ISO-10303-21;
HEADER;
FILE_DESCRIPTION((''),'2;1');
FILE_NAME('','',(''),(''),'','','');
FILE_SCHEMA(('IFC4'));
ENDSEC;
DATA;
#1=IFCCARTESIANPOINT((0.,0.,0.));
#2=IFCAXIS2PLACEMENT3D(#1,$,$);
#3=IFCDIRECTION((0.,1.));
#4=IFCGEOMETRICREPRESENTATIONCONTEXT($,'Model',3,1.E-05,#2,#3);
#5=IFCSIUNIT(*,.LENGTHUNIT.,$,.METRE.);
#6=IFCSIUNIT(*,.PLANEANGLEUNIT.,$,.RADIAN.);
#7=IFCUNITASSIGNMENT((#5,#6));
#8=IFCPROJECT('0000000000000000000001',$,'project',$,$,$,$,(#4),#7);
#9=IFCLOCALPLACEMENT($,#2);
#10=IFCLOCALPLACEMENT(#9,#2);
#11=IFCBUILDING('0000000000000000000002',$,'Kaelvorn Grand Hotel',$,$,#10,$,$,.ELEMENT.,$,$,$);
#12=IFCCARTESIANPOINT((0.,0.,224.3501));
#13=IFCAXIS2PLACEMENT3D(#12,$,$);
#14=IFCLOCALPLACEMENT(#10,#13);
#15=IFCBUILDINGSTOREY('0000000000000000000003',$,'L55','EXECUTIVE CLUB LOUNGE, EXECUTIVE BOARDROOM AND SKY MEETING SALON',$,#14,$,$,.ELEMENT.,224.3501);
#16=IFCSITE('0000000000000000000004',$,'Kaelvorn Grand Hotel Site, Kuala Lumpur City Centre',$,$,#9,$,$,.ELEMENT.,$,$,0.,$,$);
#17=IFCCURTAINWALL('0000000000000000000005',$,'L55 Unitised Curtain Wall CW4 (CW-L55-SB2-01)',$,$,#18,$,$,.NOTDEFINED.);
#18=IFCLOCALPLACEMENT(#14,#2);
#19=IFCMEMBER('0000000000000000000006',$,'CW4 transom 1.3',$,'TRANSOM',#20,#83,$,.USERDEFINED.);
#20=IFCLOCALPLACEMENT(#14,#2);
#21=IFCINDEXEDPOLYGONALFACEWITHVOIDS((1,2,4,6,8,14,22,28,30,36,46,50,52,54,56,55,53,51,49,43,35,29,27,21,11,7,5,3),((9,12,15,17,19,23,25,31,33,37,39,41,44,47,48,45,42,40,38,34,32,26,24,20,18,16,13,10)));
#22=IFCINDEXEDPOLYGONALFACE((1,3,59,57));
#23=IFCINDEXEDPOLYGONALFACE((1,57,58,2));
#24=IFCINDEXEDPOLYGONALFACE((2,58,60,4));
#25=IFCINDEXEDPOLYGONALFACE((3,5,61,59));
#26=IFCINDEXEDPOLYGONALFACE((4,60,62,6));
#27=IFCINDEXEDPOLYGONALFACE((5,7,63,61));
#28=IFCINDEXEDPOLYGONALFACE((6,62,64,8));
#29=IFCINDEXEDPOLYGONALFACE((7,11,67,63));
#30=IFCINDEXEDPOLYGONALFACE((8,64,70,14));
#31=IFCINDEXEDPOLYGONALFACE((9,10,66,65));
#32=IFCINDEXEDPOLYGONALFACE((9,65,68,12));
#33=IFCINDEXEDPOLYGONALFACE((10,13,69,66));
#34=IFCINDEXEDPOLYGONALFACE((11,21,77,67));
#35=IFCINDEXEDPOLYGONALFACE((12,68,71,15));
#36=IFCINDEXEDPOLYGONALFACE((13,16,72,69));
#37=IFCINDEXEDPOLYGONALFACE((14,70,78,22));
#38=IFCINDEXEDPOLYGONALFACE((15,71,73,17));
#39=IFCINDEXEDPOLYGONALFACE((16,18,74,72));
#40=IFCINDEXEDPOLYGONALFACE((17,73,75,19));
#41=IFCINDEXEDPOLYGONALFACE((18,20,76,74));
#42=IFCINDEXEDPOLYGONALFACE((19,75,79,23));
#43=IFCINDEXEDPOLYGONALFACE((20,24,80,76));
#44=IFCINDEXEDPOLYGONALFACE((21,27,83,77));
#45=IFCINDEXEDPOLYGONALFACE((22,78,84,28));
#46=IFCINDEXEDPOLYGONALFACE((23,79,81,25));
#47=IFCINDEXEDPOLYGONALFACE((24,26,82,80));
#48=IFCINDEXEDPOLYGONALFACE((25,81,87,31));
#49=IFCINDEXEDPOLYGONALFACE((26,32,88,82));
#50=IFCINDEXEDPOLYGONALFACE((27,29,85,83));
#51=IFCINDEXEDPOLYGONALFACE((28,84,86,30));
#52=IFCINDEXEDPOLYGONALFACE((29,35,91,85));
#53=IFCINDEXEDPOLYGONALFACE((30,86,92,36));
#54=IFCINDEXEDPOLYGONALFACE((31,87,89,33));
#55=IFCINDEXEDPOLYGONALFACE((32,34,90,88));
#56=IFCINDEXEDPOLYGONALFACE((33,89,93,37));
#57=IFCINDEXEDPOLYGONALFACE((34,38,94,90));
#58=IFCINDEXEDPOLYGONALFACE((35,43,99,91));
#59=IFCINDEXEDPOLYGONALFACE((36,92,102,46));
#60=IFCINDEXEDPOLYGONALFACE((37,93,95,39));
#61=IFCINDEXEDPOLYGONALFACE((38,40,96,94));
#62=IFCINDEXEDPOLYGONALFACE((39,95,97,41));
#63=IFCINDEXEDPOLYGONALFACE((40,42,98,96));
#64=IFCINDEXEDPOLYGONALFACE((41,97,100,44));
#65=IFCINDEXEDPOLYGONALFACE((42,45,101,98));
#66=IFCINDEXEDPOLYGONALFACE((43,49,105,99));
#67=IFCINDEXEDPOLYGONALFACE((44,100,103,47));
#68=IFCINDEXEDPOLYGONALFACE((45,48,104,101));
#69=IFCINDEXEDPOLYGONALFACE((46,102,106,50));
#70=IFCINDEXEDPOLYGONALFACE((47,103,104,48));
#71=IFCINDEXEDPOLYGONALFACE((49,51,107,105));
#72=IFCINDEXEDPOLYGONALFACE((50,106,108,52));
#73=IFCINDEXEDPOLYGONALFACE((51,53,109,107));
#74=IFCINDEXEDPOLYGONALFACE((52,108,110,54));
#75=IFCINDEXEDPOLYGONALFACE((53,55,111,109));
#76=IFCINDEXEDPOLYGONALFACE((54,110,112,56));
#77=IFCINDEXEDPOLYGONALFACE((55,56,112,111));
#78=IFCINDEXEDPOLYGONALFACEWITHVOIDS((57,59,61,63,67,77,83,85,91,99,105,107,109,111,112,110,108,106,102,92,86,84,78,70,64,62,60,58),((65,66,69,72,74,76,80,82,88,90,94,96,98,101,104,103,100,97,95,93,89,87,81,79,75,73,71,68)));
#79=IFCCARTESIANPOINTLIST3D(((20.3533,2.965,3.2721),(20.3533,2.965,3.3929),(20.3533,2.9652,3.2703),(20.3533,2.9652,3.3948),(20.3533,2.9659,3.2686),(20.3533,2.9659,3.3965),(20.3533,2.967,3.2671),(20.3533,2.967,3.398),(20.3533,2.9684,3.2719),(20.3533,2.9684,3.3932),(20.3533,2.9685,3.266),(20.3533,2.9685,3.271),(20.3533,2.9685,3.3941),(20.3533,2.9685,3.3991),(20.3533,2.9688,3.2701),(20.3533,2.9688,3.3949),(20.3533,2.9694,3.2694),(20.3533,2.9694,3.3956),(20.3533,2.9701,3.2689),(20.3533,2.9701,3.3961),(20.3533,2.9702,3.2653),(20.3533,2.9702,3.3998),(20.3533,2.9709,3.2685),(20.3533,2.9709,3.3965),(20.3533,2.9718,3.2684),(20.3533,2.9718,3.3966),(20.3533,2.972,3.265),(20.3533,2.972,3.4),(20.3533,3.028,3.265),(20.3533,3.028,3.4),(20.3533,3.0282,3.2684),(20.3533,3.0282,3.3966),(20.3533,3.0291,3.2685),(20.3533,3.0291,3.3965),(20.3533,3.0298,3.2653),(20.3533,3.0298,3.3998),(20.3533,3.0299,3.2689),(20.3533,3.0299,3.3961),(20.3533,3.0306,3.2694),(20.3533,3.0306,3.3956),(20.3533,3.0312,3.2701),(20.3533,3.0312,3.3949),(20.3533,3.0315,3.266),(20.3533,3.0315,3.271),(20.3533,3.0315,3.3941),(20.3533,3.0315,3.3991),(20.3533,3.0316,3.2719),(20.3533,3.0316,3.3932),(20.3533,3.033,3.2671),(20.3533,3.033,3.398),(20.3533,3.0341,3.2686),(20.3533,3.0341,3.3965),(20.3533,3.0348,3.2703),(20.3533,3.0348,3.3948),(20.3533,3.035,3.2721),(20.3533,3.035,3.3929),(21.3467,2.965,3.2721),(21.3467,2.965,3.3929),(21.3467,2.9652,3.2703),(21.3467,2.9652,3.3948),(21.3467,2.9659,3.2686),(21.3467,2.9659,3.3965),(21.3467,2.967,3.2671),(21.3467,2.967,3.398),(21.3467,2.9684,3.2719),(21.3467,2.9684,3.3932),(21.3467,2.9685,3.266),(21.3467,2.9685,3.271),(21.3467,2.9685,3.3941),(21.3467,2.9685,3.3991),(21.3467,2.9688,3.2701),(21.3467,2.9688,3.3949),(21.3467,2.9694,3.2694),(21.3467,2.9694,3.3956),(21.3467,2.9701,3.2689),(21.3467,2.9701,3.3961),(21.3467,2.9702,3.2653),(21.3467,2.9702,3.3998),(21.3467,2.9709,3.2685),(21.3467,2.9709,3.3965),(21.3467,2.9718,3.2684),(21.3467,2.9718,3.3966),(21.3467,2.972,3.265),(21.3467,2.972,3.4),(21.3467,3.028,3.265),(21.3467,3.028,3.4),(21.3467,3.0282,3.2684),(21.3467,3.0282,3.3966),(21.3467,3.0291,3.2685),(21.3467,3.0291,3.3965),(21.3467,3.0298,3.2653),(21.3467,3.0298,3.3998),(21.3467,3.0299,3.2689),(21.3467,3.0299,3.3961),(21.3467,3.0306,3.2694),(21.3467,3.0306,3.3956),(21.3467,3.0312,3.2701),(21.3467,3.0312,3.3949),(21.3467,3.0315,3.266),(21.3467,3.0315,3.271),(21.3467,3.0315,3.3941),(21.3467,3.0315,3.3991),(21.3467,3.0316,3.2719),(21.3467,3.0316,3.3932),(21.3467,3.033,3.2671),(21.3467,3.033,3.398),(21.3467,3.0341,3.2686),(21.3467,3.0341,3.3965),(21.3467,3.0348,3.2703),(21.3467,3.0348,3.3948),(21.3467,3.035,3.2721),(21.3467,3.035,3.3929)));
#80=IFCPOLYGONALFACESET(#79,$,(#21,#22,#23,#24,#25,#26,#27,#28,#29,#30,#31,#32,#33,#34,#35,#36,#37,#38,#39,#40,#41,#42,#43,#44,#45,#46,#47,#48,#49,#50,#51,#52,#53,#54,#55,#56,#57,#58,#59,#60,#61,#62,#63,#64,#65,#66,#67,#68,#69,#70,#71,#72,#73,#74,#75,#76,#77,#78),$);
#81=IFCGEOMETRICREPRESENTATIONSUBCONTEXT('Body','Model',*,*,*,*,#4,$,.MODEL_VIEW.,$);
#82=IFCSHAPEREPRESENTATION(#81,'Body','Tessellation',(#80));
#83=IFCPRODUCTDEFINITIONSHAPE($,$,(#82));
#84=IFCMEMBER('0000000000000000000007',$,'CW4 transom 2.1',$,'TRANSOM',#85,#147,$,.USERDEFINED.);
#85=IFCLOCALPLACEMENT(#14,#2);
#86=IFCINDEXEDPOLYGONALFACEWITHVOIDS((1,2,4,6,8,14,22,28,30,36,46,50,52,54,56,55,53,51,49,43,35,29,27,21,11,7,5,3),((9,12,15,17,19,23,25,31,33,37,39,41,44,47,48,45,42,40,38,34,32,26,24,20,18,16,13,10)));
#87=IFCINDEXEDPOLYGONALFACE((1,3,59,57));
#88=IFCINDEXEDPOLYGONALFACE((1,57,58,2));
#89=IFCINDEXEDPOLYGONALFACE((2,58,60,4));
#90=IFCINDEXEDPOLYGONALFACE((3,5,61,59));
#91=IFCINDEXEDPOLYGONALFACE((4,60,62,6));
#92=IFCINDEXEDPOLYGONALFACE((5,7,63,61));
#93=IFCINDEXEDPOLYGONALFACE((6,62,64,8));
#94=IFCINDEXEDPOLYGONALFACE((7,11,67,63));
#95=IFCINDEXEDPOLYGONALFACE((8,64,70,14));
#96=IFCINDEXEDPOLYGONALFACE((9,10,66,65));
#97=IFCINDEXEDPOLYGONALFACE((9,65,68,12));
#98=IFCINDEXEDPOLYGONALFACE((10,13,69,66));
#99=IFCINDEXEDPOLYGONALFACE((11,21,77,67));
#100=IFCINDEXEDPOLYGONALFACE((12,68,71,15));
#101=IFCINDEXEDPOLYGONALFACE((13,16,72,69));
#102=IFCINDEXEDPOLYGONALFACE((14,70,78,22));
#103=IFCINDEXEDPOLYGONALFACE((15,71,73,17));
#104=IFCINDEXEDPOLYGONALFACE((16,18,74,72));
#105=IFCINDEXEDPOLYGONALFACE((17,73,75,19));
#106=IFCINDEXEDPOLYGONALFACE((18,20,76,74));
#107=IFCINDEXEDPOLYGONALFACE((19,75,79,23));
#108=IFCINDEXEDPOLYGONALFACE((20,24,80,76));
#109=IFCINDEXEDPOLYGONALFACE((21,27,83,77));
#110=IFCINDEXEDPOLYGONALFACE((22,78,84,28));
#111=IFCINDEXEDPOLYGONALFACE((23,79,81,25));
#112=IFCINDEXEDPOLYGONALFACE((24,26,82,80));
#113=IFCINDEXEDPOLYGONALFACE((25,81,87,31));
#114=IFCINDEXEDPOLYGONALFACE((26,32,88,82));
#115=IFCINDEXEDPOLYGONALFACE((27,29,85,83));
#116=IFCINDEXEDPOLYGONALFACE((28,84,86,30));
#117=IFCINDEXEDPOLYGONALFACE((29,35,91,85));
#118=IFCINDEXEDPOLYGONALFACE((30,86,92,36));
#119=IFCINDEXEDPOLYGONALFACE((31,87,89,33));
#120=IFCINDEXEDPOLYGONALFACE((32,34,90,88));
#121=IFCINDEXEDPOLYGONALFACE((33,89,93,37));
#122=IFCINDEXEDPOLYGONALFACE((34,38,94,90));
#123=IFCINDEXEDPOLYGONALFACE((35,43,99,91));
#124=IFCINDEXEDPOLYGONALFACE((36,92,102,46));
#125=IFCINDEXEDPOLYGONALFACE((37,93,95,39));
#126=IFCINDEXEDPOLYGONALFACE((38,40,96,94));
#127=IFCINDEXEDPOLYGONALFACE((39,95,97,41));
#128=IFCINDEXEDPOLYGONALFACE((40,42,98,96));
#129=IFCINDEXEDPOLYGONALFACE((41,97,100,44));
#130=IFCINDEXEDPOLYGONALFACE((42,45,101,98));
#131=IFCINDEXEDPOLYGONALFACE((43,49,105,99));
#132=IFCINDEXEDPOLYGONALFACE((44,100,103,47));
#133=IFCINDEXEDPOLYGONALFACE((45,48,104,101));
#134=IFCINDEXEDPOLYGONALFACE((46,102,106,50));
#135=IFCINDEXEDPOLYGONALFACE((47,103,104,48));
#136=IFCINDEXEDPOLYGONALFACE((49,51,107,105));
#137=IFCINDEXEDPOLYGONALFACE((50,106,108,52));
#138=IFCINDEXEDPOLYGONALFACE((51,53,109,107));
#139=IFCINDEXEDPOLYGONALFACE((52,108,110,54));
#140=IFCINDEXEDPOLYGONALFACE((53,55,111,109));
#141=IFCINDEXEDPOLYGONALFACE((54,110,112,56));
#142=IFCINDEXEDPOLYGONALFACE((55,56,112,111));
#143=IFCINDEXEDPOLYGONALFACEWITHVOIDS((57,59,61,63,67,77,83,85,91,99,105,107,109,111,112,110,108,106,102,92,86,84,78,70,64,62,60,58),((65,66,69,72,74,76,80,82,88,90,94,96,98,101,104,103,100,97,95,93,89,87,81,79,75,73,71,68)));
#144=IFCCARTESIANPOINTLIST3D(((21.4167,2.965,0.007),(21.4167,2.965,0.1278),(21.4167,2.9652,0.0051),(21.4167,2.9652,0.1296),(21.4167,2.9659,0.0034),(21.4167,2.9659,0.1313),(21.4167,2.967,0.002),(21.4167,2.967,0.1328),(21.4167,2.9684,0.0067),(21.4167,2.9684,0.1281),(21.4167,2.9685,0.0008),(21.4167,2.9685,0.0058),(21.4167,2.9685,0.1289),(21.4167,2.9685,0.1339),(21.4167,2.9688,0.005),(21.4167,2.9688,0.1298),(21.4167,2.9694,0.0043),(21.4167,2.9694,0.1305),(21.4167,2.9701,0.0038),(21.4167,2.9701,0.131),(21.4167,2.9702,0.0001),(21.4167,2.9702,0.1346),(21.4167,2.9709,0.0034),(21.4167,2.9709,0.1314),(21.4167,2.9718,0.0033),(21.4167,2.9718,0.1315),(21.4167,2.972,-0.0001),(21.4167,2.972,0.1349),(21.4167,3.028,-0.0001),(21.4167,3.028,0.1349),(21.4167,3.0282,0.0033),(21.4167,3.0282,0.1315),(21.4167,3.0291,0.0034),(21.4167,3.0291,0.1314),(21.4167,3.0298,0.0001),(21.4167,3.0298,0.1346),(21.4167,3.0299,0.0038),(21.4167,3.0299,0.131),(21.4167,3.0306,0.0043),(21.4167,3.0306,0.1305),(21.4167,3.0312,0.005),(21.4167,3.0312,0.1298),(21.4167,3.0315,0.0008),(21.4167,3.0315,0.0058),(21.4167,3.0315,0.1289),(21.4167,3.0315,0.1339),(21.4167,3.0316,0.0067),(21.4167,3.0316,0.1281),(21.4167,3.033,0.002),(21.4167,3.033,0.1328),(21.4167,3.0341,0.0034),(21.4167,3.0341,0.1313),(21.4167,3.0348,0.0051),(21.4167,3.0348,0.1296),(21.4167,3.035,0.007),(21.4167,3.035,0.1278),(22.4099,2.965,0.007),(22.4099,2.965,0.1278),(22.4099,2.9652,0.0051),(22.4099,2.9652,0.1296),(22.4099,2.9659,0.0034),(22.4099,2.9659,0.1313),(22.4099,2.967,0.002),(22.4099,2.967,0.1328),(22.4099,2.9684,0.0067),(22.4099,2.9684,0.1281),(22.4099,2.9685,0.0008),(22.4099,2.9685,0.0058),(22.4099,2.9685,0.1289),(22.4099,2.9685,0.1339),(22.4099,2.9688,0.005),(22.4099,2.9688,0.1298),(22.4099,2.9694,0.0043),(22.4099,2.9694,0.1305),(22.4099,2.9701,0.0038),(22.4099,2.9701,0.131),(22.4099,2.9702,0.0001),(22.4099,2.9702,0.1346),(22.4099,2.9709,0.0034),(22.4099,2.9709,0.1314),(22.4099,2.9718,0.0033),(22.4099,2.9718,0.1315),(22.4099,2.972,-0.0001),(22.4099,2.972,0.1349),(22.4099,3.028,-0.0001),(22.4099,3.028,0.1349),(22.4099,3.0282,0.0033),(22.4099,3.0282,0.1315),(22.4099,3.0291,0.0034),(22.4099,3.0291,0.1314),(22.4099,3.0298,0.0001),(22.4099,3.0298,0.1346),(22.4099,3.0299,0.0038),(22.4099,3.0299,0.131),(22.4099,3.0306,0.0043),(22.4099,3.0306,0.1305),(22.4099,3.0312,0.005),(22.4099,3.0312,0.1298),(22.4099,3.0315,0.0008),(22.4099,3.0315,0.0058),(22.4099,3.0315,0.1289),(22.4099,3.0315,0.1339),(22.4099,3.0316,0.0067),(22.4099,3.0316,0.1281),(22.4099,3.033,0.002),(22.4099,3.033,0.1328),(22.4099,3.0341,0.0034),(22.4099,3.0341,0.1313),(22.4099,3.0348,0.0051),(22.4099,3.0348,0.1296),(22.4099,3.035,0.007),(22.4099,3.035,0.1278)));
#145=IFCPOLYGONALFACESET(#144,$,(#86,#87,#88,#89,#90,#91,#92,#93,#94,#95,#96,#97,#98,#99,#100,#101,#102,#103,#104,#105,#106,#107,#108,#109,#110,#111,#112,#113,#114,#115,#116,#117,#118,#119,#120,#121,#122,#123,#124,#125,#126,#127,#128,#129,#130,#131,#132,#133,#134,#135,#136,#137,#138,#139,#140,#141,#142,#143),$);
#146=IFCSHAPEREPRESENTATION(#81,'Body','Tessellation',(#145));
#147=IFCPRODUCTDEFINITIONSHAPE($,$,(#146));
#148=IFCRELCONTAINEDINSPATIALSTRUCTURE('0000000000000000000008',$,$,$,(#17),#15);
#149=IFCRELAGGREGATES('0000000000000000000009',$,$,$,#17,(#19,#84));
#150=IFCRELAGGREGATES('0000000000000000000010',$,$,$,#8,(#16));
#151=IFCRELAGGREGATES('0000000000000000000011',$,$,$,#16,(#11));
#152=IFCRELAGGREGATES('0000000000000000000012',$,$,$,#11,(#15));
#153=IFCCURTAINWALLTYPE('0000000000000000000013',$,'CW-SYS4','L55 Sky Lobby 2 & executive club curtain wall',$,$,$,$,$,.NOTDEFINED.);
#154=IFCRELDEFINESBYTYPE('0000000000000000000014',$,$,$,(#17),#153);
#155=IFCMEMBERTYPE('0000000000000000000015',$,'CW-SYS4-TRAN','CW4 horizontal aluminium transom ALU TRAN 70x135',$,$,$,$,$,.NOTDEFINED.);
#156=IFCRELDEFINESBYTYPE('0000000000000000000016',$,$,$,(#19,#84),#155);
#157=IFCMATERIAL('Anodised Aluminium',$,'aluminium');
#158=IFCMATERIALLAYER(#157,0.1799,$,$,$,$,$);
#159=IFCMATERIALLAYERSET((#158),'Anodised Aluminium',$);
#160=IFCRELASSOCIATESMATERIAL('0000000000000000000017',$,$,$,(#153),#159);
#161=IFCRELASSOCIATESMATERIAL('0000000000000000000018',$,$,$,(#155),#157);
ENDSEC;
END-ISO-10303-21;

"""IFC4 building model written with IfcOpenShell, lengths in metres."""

from ifc_helpers import new_model, si_unit, direction, frame, origin, origin_2d, place, context, subcontext, project, spatial, hollow_rectangle, extrude, material, layer, layer_set, material_profile, profile_set, type_object, element, aggregate, save


model = new_model("IFC4")

# Units and contexts
model_context = context("Model", 3, precision=1e-05, world=origin(), true_north=direction((0.0, 1.0)))
body_context = subcontext(model_context, "Body", "Model", "MODEL_VIEW")
ifc_project = project(units=[si_unit("LENGTHUNIT", "METRE"), si_unit("PLANEANGLEUNIT", "RADIAN")], contexts=[model_context])

# Site, building, storey
site_placement = place(None, origin())
site = spatial("IfcSite", under=ifc_project, at=site_placement, Name="Kaelvorn Grand Hotel Site, Kuala Lumpur City Centre", CompositionType="ELEMENT", RefElevation=0.0)
building_placement = place(site_placement, origin())
building = spatial("IfcBuilding", under=site, at=building_placement, Name="Kaelvorn Grand Hotel", CompositionType="ELEMENT")
storey_placement = place(building_placement, frame((0.0, 0.0, 224.3501)))
storey = spatial("IfcBuildingStorey", under=building, at=storey_placement, Name="L55", Description="EXECUTIVE CLUB LOUNGE, EXECUTIVE BOARDROOM AND SKY MEETING SALON", CompositionType="ELEMENT", Elevation=224.3501)

# Curtain wall
ifc_material_1 = material(Name="Anodised Aluminium", Category="aluminium")
ifc_layer_1 = layer(ifc_material_1, 0.1799)
ifc_layer_set_1 = layer_set([ifc_layer_1], Name="Anodised Aluminium")
curtain_wall_type = type_object("IfcCurtainWallType", Name="CW-SYS4", Description="L55 Sky Lobby 2 & executive club curtain wall", PredefinedType="NOTDEFINED", material=ifc_layer_set_1)
curtain_wall_1_placement = place(storey_placement, origin())
curtain_wall_1 = element("IfcCurtainWall", 1, at=curtain_wall_1_placement, inside=storey, type_object=curtain_wall_type, Name="L55 Unitised Curtain Wall CW4 (CW-L55-SB2-01)", PredefinedType="NOTDEFINED")

# Members
ifc_material_profile_1 = material_profile(ifc_material_1, hollow_rectangle(XDim=0.0701, YDim=0.135, WallThickness=0.0034, InnerFilletRadius=0.0034, OuterFilletRadius=0.0071, at=origin_2d()), Name="ALU TRAN 70x135")
ifc_profile_set_1 = profile_set([ifc_material_profile_1], Name="Anodised Aluminium")
member_type_1 = type_object("IfcMemberType", Name="CW-SYS4-TRAN", Description="CW4 horizontal aluminium transom ALU TRAN 70x135", PredefinedType="NOTDEFINED", material=ifc_profile_set_1)
member_1_placement = place(storey_placement, frame((20.3533, 3.0, 3.3325), z_axis=(1.0, 0.0, 0.0), x_axis=(0.0, 1.0, 0.0)))
member_1 = element("IfcMember", 2, at=member_1_placement, type_object=member_type_1, Name="CW4 transom 1.3", ObjectType="TRANSOM", PredefinedType="USERDEFINED", context=body_context, shape_type="SweptSolid", body=[
    extrude(hollow_rectangle(XDim=0.0701, YDim=0.135, WallThickness=0.0034, InnerFilletRadius=0.0034, OuterFilletRadius=0.0071, at=origin_2d()), origin(), (0.0, 0.0, 1.0), 0.9934),
])
member_2_placement = place(storey_placement, frame((21.4167, 3.0, 0.0674), z_axis=(1.0, 0.0, 0.0), x_axis=(0.0, 1.0, 0.0)))
member_2 = element("IfcMember", 3, at=member_2_placement, type_object=member_type_1, Name="CW4 transom 2.1", ObjectType="TRANSOM", PredefinedType="USERDEFINED", context=body_context, shape_type="SweptSolid", body=[
    extrude(hollow_rectangle(XDim=0.0701, YDim=0.135, WallThickness=0.0034, InnerFilletRadius=0.0034, OuterFilletRadius=0.0071, at=origin_2d()), origin(), (0.0, 0.0, 1.0), 0.9932),
])

aggregate(curtain_wall_1, [member_1, member_2])

save(model, "model.ifc")
